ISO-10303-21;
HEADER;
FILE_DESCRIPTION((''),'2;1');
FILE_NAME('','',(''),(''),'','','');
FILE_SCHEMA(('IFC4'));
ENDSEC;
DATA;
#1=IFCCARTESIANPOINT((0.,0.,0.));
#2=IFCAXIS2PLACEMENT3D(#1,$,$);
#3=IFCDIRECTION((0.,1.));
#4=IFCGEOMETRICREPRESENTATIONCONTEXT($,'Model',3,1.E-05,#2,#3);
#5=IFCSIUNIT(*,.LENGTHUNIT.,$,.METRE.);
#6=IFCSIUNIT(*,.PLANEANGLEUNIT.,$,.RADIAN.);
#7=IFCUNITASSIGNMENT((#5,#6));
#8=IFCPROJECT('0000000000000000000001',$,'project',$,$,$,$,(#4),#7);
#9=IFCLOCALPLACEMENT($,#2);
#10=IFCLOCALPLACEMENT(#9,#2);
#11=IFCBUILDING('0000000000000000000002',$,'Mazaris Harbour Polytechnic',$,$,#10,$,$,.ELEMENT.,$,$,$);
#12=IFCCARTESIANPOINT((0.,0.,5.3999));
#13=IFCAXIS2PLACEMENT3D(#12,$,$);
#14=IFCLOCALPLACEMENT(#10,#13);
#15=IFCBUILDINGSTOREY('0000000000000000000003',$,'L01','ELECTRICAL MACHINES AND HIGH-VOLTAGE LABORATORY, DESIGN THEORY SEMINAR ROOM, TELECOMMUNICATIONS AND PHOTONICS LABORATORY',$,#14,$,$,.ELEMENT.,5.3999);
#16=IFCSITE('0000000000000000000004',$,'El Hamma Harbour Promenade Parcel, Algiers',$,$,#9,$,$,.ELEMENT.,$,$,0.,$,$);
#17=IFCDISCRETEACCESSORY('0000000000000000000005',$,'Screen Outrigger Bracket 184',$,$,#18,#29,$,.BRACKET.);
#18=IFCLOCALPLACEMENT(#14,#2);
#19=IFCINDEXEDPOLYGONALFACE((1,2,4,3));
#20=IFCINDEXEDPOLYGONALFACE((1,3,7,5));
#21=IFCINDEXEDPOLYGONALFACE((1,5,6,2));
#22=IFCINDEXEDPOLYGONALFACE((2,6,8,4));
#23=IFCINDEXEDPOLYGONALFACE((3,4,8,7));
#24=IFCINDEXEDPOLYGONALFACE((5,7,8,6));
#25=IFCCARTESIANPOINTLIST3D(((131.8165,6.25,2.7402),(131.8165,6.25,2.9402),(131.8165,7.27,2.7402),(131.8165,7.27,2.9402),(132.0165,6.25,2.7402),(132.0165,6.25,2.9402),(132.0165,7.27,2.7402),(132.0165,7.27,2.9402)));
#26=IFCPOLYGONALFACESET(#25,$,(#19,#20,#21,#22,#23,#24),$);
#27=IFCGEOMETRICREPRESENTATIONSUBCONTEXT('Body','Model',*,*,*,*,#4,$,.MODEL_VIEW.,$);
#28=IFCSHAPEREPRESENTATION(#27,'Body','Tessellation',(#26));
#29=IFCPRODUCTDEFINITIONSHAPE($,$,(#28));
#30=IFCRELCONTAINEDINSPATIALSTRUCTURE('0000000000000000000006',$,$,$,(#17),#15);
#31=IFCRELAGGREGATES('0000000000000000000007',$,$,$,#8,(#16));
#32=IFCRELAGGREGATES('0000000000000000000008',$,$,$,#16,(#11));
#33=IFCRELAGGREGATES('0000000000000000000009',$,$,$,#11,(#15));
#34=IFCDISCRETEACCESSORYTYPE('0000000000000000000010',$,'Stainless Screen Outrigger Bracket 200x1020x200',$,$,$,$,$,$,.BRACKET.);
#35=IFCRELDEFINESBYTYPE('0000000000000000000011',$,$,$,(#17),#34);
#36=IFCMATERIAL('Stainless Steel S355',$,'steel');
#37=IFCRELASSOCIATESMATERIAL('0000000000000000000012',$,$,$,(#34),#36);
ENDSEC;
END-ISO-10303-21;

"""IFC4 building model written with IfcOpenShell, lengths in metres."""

from ifc_helpers import new_model, si_unit, direction, frame, origin, origin_2d, place, context, subcontext, project, spatial, rectangle, extrude, material, type_object, element, save


model = new_model("IFC4")

# Units and contexts
model_context = context("Model", 3, precision=1e-05, world=origin(), true_north=direction((0.0, 1.0)))
body_context = subcontext(model_context, "Body", "Model", "MODEL_VIEW")
ifc_project = project(units=[si_unit("LENGTHUNIT", "METRE"), si_unit("PLANEANGLEUNIT", "RADIAN")], contexts=[model_context])

# Site, building, storey
site_placement = place(None, origin())
site = spatial("IfcSite", under=ifc_project, at=site_placement, Name="El Hamma Harbour Promenade Parcel, Algiers", CompositionType="ELEMENT", RefElevation=0.0)
building_placement = place(site_placement, origin())
building = spatial("IfcBuilding", under=site, at=building_placement, Name="Mazaris Harbour Polytechnic", CompositionType="ELEMENT")
storey_placement = place(building_placement, frame((0.0, 0.0, 5.3999)))
storey = spatial("IfcBuildingStorey", under=building, at=storey_placement, Name="L01", Description="ELECTRICAL MACHINES AND HIGH-VOLTAGE LABORATORY, DESIGN THEORY SEMINAR ROOM, TELECOMMUNICATIONS AND PHOTONICS LABORATORY", CompositionType="ELEMENT", Elevation=5.3999)

# Discrete accessory
ifc_material_1 = material(Name="Stainless Steel S355", Category="steel")
discrete_accessory_type = type_object("IfcDiscreteAccessoryType", Name="Stainless Screen Outrigger Bracket 200x1020x200", PredefinedType="BRACKET", material=ifc_material_1)
for number, where, z_axis, x_axis, name in (
    (1, (131.9165, 6.76, 2.7402), (0.0, 0.0, 1.0), (-1.0, 0.0, 0.0), "Screen Outrigger Bracket 184"),
):
    element("IfcDiscreteAccessory", number, at=place(storey_placement, frame(where, z_axis=z_axis, x_axis=x_axis)), inside=storey, type_object=discrete_accessory_type, Name=name, PredefinedType="BRACKET", context=body_context, shape_type="SweptSolid", body=[
        extrude(rectangle(XDim=0.2, YDim=1.02, at=origin_2d()), origin(), (0.0, 0.0, 1.0), 0.2),
    ])

save(model, "model.ifc")
